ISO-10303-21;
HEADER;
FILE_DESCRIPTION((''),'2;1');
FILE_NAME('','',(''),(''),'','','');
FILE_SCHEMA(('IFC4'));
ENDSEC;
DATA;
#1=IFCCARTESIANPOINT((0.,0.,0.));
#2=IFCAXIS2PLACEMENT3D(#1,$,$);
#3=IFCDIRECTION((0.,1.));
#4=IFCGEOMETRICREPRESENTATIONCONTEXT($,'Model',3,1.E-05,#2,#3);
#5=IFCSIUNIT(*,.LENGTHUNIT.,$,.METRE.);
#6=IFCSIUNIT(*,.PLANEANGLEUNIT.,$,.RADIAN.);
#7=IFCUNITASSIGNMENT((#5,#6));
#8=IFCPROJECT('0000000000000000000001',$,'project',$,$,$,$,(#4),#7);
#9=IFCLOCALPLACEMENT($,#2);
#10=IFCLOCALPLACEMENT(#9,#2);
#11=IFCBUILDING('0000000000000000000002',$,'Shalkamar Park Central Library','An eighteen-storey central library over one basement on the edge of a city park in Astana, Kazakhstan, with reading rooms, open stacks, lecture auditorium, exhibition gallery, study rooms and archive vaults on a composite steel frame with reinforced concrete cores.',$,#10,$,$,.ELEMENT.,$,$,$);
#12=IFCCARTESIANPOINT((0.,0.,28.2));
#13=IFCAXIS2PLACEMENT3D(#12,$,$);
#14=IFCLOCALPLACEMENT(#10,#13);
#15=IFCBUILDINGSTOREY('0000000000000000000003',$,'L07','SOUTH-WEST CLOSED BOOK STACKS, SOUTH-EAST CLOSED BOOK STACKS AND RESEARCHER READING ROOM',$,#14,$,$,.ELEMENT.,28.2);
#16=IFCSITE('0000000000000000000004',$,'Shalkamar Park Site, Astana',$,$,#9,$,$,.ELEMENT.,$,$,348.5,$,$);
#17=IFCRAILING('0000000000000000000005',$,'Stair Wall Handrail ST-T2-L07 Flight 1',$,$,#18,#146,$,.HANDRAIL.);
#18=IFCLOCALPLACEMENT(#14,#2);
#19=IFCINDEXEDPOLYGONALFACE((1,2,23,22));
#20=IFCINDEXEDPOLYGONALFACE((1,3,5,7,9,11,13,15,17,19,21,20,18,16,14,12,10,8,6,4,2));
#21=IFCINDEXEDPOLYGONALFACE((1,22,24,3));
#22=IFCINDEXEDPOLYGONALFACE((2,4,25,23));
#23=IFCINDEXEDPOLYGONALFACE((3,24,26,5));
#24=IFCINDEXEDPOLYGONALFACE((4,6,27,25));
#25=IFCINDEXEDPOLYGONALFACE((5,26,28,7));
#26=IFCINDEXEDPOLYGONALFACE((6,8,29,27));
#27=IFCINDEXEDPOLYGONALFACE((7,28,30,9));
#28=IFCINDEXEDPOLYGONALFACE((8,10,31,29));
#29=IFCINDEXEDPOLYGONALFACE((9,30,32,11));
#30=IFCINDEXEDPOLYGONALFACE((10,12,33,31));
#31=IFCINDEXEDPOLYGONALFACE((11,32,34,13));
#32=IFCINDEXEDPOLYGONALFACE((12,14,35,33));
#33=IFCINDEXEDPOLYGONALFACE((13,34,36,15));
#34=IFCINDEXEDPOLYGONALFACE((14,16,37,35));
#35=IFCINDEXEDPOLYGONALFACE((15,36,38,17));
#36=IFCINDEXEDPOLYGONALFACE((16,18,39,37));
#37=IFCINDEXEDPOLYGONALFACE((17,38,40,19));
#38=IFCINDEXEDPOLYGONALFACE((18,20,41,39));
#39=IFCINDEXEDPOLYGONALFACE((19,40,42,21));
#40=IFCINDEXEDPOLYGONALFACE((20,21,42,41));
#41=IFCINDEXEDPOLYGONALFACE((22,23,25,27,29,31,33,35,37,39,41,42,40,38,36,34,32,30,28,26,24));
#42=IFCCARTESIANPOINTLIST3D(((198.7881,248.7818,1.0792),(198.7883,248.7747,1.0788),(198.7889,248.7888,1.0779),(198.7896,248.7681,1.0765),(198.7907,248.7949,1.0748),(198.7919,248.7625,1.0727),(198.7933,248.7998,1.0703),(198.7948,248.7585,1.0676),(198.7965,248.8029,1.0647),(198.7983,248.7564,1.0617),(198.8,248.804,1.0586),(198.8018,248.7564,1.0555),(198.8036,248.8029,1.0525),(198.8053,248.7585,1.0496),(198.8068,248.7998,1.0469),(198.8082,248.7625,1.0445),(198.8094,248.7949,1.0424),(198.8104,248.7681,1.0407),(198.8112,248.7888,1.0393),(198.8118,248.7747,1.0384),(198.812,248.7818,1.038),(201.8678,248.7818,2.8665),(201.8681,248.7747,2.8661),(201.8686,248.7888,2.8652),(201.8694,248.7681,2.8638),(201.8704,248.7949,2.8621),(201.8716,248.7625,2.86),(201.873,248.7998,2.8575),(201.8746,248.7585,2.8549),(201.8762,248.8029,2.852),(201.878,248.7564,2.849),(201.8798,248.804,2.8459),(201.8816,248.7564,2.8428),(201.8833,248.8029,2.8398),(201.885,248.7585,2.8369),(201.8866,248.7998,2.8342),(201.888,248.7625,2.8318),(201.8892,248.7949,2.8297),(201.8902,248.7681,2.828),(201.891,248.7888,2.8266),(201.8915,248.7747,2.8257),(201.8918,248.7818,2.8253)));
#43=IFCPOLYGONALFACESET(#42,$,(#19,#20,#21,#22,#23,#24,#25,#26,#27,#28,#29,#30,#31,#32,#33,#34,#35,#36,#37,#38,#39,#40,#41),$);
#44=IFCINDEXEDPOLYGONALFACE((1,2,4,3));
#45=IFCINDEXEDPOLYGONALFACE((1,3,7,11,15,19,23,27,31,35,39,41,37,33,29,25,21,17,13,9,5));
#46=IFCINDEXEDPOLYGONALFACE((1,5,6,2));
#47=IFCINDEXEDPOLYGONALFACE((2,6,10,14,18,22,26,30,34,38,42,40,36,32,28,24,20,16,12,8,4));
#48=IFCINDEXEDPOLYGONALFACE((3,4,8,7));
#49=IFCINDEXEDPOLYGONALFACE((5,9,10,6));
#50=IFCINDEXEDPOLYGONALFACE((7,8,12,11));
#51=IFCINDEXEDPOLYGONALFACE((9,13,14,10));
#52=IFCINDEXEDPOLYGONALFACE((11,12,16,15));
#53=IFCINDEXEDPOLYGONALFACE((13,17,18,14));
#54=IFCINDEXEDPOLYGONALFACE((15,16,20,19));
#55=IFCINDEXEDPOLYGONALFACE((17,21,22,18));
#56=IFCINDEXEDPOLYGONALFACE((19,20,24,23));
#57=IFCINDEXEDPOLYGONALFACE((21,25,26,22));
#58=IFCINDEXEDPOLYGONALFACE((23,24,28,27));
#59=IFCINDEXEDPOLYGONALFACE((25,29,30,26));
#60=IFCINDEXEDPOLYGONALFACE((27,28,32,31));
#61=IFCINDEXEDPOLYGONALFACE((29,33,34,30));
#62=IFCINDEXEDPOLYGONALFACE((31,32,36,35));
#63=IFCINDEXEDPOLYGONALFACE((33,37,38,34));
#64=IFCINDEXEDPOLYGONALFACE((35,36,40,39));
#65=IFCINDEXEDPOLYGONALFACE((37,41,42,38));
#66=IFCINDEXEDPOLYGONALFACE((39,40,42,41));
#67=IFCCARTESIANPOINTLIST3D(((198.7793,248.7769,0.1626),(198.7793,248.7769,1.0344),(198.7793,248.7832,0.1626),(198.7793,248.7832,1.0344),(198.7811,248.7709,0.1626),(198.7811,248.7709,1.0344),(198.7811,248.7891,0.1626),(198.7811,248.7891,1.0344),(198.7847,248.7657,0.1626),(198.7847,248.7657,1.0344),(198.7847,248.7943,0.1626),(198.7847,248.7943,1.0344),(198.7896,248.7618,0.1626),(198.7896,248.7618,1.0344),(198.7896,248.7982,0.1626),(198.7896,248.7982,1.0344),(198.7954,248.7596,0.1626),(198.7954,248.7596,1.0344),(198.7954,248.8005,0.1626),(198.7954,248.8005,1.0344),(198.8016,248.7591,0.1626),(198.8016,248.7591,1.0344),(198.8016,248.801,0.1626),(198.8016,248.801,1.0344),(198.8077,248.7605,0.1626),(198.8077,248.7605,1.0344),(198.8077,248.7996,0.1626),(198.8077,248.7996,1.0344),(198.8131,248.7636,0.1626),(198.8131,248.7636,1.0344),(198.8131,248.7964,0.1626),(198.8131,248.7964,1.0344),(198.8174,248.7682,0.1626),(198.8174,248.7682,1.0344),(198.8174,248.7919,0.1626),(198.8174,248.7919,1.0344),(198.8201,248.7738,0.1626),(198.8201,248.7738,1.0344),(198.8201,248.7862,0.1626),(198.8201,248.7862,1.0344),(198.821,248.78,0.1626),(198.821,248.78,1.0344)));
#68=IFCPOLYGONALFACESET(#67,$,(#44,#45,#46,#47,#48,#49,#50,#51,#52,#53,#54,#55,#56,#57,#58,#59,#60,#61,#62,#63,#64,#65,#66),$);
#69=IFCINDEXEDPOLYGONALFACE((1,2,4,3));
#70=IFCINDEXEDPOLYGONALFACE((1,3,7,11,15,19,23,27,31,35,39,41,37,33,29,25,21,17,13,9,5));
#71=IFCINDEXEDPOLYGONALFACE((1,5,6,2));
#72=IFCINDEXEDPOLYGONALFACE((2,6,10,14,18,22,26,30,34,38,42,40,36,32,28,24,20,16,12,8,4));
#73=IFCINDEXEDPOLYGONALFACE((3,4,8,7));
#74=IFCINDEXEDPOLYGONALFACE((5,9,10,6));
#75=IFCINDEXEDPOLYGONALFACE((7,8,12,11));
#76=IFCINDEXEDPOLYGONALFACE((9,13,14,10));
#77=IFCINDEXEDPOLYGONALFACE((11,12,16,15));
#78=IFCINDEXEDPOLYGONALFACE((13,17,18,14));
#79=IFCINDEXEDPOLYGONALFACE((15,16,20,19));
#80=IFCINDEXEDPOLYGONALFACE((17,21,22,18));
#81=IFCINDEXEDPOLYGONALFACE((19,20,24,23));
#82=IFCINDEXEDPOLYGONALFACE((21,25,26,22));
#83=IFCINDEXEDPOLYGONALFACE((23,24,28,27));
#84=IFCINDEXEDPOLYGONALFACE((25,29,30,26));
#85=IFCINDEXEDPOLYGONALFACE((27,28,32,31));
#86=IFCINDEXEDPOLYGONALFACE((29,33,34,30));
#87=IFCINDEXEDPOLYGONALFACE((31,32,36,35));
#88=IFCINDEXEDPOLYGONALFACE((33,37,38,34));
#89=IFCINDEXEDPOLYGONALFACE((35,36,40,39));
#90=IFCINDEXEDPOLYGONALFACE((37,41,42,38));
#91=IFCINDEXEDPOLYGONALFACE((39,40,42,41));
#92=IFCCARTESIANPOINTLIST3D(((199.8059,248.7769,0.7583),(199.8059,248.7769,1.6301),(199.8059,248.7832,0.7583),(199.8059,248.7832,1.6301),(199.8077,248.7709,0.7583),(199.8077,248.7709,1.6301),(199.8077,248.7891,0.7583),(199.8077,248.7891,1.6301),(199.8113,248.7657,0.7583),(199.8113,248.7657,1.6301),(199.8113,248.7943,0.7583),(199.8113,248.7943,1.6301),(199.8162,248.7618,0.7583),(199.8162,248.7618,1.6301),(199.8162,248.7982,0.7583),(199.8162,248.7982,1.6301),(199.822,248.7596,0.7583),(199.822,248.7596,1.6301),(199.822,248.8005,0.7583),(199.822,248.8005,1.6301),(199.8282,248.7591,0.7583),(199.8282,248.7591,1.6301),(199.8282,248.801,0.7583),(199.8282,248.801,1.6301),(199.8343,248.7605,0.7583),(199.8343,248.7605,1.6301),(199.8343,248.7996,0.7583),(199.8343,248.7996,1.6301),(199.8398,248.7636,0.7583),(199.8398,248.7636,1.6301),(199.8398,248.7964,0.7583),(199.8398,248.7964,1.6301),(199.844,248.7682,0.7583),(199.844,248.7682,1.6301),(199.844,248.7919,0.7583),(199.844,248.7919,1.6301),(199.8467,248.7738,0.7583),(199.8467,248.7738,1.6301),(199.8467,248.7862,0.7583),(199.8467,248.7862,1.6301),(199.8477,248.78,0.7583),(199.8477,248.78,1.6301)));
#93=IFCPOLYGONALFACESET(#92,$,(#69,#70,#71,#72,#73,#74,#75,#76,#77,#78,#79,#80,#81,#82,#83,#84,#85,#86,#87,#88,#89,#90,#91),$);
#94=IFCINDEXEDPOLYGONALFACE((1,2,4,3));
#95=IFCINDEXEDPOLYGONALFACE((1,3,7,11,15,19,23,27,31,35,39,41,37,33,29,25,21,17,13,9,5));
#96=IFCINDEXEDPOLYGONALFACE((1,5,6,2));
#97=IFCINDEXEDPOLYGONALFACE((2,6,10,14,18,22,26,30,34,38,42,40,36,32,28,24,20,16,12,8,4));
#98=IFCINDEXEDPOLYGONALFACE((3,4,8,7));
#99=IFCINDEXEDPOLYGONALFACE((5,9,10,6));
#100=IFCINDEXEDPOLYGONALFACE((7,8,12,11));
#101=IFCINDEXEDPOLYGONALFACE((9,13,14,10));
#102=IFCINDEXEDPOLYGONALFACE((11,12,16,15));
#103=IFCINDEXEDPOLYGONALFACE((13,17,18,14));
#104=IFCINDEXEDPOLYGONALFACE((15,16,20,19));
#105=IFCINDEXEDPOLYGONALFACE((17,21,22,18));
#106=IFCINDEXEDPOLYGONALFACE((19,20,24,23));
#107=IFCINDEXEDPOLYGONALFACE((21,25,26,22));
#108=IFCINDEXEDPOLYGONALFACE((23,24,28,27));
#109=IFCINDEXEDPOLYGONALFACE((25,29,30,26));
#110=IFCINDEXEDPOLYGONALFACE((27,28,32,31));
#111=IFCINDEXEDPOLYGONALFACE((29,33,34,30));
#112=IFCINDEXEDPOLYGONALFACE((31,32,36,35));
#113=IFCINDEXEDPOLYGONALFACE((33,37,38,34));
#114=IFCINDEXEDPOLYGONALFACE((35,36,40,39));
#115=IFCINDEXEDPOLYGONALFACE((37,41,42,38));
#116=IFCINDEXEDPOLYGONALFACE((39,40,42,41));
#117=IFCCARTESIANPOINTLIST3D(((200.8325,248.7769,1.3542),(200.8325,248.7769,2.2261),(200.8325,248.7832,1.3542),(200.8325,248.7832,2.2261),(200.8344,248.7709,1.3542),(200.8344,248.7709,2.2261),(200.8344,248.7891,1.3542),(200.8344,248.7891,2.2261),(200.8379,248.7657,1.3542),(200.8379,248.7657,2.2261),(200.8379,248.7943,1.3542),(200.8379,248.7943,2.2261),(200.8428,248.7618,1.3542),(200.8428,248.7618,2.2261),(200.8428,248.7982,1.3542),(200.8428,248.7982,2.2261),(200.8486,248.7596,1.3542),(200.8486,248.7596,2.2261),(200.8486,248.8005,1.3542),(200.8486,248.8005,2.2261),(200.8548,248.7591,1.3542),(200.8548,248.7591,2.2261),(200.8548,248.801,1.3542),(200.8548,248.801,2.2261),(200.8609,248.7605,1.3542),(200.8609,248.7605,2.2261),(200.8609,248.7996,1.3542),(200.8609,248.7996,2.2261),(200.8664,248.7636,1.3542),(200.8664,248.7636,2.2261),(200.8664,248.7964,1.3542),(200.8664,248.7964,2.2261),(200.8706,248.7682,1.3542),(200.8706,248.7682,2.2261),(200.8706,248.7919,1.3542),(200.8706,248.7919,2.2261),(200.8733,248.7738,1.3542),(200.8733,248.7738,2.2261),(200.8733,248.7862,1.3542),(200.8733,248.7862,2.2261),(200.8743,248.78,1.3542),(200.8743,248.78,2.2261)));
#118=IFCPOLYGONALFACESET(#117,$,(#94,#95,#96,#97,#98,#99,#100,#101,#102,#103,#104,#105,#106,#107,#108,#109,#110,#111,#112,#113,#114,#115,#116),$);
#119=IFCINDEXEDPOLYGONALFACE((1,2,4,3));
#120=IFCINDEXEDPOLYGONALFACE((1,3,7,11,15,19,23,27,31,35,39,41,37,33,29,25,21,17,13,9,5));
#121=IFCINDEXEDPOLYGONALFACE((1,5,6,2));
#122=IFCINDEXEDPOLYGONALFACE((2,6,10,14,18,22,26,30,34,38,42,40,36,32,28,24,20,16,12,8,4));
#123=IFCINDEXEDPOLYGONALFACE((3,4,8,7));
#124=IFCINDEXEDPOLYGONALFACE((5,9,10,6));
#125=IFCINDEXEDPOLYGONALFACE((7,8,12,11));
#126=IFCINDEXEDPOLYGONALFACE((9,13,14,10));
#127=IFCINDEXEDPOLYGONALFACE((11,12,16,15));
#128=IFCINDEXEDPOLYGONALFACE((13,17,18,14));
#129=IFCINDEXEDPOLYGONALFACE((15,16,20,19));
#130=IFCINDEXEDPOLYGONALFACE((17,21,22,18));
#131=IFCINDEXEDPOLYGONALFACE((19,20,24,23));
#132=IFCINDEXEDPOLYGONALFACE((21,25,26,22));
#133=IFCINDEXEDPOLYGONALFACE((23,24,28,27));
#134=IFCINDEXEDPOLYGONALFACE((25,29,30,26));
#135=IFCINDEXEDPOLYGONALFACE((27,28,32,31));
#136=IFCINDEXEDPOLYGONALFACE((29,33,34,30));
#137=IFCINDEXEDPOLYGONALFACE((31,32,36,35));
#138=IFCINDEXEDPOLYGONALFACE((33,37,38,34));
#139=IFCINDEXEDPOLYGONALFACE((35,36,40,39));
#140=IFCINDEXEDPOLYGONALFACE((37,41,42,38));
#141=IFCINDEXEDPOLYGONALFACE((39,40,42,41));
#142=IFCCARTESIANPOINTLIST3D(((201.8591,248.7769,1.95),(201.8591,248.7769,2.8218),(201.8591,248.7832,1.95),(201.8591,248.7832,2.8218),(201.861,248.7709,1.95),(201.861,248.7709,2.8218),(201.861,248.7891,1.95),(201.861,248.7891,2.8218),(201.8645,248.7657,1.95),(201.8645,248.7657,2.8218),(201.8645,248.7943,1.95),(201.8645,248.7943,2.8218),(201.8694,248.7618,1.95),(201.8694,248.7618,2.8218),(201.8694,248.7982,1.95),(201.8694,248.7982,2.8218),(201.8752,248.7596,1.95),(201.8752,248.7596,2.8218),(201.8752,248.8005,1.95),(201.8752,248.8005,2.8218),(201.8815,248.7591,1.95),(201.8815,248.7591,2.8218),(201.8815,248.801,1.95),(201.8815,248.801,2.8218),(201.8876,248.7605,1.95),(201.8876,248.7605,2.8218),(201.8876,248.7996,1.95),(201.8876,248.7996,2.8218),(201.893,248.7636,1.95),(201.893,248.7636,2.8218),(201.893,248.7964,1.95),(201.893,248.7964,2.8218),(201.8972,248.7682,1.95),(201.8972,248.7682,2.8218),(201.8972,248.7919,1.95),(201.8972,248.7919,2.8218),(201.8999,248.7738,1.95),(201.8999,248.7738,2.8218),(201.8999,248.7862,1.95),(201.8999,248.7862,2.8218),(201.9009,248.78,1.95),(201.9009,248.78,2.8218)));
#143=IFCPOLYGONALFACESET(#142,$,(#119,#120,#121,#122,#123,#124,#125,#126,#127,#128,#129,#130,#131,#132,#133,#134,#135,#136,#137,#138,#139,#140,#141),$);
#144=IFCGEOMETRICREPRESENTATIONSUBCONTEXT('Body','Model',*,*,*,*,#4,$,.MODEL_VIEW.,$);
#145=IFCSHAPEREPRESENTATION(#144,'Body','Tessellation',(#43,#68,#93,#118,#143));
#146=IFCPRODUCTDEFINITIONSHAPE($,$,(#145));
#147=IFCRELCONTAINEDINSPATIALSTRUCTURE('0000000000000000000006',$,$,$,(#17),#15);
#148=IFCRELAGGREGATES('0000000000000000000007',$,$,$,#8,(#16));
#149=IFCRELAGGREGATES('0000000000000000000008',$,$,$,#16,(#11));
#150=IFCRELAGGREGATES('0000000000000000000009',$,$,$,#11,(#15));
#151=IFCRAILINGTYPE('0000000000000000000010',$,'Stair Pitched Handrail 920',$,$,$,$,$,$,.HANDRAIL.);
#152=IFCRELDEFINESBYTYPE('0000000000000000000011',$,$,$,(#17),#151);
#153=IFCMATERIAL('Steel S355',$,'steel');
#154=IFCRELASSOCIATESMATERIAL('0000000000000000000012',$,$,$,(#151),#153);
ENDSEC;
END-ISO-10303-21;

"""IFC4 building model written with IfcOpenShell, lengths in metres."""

from ifc_helpers import new_model, si_unit, direction, frame, origin, origin_2d, place, context, subcontext, project, spatial, circle, extrude, material, type_object, element, save


model = new_model("IFC4")

# Units and contexts
model_context = context("Model", 3, precision=1e-05, world=origin(), true_north=direction((0.0, 1.0)))
body_context = subcontext(model_context, "Body", "Model", "MODEL_VIEW")
ifc_project = project(units=[si_unit("LENGTHUNIT", "METRE"), si_unit("PLANEANGLEUNIT", "RADIAN")], contexts=[model_context])

# Site, building, storey
site_placement = place(None, origin())
site = spatial("IfcSite", under=ifc_project, at=site_placement, Name="Shalkamar Park Site, Astana", CompositionType="ELEMENT", RefElevation=348.5)
building_placement = place(site_placement, origin())
building = spatial("IfcBuilding", under=site, at=building_placement, Name="Shalkamar Park Central Library", Description="An eighteen-storey central library over one basement on the edge of a city park in Astana, Kazakhstan, with reading rooms, open stacks, lecture auditorium, exhibition gallery, study rooms and archive vaults on a composite steel frame with reinforced concrete cores.", CompositionType="ELEMENT")
storey_placement = place(building_placement, frame((0.0, 0.0, 28.2)))
storey = spatial("IfcBuildingStorey", under=building, at=storey_placement, Name="L07", Description="SOUTH-WEST CLOSED BOOK STACKS, SOUTH-EAST CLOSED BOOK STACKS AND RESEARCHER READING ROOM", CompositionType="ELEMENT", Elevation=28.2)

# Shared definitions
ifc_material_1 = material(Name="Steel S355", Category="steel")

# Railing
railing_type_1 = type_object("IfcRailingType", Name="Stair Pitched Handrail 920", PredefinedType="HANDRAIL", material=ifc_material_1)
railing_1_placement = place(storey_placement, frame((198.8, 248.78, 0.1626)))
element("IfcRailing", 1, at=railing_1_placement, inside=storey, type_object=railing_type_1, Name="Stair Wall Handrail ST-T2-L07 Flight 1", PredefinedType="HANDRAIL", context=body_context, shape_type="SweptSolid", body=[
    extrude(circle(Radius=0.0239, at=origin_2d()), frame((0.0, 0.0, 0.896), z_axis=(0.864903, 0.0, 0.501939), x_axis=(0.0, 1.0, 0.0)), (0.0, 0.0, 1.0), 3.5608),
    extrude(circle(Radius=0.021, at=origin_2d()), origin(), (0.0, 0.0, 1.0), 0.8718),
    extrude(circle(Radius=0.021, at=origin_2d()), frame((1.0266, 0.0, 0.5957)), (0.0, 0.0, 1.0), 0.8718),
    extrude(circle(Radius=0.021, at=origin_2d()), frame((2.0532, 0.0, 1.1917)), (0.0, 0.0, 1.0), 0.8718),
    extrude(circle(Radius=0.021, at=origin_2d()), frame((3.0798, 0.0, 1.7874)), (0.0, 0.0, 1.0), 0.8718),
])

save(model, "model.ifc")
